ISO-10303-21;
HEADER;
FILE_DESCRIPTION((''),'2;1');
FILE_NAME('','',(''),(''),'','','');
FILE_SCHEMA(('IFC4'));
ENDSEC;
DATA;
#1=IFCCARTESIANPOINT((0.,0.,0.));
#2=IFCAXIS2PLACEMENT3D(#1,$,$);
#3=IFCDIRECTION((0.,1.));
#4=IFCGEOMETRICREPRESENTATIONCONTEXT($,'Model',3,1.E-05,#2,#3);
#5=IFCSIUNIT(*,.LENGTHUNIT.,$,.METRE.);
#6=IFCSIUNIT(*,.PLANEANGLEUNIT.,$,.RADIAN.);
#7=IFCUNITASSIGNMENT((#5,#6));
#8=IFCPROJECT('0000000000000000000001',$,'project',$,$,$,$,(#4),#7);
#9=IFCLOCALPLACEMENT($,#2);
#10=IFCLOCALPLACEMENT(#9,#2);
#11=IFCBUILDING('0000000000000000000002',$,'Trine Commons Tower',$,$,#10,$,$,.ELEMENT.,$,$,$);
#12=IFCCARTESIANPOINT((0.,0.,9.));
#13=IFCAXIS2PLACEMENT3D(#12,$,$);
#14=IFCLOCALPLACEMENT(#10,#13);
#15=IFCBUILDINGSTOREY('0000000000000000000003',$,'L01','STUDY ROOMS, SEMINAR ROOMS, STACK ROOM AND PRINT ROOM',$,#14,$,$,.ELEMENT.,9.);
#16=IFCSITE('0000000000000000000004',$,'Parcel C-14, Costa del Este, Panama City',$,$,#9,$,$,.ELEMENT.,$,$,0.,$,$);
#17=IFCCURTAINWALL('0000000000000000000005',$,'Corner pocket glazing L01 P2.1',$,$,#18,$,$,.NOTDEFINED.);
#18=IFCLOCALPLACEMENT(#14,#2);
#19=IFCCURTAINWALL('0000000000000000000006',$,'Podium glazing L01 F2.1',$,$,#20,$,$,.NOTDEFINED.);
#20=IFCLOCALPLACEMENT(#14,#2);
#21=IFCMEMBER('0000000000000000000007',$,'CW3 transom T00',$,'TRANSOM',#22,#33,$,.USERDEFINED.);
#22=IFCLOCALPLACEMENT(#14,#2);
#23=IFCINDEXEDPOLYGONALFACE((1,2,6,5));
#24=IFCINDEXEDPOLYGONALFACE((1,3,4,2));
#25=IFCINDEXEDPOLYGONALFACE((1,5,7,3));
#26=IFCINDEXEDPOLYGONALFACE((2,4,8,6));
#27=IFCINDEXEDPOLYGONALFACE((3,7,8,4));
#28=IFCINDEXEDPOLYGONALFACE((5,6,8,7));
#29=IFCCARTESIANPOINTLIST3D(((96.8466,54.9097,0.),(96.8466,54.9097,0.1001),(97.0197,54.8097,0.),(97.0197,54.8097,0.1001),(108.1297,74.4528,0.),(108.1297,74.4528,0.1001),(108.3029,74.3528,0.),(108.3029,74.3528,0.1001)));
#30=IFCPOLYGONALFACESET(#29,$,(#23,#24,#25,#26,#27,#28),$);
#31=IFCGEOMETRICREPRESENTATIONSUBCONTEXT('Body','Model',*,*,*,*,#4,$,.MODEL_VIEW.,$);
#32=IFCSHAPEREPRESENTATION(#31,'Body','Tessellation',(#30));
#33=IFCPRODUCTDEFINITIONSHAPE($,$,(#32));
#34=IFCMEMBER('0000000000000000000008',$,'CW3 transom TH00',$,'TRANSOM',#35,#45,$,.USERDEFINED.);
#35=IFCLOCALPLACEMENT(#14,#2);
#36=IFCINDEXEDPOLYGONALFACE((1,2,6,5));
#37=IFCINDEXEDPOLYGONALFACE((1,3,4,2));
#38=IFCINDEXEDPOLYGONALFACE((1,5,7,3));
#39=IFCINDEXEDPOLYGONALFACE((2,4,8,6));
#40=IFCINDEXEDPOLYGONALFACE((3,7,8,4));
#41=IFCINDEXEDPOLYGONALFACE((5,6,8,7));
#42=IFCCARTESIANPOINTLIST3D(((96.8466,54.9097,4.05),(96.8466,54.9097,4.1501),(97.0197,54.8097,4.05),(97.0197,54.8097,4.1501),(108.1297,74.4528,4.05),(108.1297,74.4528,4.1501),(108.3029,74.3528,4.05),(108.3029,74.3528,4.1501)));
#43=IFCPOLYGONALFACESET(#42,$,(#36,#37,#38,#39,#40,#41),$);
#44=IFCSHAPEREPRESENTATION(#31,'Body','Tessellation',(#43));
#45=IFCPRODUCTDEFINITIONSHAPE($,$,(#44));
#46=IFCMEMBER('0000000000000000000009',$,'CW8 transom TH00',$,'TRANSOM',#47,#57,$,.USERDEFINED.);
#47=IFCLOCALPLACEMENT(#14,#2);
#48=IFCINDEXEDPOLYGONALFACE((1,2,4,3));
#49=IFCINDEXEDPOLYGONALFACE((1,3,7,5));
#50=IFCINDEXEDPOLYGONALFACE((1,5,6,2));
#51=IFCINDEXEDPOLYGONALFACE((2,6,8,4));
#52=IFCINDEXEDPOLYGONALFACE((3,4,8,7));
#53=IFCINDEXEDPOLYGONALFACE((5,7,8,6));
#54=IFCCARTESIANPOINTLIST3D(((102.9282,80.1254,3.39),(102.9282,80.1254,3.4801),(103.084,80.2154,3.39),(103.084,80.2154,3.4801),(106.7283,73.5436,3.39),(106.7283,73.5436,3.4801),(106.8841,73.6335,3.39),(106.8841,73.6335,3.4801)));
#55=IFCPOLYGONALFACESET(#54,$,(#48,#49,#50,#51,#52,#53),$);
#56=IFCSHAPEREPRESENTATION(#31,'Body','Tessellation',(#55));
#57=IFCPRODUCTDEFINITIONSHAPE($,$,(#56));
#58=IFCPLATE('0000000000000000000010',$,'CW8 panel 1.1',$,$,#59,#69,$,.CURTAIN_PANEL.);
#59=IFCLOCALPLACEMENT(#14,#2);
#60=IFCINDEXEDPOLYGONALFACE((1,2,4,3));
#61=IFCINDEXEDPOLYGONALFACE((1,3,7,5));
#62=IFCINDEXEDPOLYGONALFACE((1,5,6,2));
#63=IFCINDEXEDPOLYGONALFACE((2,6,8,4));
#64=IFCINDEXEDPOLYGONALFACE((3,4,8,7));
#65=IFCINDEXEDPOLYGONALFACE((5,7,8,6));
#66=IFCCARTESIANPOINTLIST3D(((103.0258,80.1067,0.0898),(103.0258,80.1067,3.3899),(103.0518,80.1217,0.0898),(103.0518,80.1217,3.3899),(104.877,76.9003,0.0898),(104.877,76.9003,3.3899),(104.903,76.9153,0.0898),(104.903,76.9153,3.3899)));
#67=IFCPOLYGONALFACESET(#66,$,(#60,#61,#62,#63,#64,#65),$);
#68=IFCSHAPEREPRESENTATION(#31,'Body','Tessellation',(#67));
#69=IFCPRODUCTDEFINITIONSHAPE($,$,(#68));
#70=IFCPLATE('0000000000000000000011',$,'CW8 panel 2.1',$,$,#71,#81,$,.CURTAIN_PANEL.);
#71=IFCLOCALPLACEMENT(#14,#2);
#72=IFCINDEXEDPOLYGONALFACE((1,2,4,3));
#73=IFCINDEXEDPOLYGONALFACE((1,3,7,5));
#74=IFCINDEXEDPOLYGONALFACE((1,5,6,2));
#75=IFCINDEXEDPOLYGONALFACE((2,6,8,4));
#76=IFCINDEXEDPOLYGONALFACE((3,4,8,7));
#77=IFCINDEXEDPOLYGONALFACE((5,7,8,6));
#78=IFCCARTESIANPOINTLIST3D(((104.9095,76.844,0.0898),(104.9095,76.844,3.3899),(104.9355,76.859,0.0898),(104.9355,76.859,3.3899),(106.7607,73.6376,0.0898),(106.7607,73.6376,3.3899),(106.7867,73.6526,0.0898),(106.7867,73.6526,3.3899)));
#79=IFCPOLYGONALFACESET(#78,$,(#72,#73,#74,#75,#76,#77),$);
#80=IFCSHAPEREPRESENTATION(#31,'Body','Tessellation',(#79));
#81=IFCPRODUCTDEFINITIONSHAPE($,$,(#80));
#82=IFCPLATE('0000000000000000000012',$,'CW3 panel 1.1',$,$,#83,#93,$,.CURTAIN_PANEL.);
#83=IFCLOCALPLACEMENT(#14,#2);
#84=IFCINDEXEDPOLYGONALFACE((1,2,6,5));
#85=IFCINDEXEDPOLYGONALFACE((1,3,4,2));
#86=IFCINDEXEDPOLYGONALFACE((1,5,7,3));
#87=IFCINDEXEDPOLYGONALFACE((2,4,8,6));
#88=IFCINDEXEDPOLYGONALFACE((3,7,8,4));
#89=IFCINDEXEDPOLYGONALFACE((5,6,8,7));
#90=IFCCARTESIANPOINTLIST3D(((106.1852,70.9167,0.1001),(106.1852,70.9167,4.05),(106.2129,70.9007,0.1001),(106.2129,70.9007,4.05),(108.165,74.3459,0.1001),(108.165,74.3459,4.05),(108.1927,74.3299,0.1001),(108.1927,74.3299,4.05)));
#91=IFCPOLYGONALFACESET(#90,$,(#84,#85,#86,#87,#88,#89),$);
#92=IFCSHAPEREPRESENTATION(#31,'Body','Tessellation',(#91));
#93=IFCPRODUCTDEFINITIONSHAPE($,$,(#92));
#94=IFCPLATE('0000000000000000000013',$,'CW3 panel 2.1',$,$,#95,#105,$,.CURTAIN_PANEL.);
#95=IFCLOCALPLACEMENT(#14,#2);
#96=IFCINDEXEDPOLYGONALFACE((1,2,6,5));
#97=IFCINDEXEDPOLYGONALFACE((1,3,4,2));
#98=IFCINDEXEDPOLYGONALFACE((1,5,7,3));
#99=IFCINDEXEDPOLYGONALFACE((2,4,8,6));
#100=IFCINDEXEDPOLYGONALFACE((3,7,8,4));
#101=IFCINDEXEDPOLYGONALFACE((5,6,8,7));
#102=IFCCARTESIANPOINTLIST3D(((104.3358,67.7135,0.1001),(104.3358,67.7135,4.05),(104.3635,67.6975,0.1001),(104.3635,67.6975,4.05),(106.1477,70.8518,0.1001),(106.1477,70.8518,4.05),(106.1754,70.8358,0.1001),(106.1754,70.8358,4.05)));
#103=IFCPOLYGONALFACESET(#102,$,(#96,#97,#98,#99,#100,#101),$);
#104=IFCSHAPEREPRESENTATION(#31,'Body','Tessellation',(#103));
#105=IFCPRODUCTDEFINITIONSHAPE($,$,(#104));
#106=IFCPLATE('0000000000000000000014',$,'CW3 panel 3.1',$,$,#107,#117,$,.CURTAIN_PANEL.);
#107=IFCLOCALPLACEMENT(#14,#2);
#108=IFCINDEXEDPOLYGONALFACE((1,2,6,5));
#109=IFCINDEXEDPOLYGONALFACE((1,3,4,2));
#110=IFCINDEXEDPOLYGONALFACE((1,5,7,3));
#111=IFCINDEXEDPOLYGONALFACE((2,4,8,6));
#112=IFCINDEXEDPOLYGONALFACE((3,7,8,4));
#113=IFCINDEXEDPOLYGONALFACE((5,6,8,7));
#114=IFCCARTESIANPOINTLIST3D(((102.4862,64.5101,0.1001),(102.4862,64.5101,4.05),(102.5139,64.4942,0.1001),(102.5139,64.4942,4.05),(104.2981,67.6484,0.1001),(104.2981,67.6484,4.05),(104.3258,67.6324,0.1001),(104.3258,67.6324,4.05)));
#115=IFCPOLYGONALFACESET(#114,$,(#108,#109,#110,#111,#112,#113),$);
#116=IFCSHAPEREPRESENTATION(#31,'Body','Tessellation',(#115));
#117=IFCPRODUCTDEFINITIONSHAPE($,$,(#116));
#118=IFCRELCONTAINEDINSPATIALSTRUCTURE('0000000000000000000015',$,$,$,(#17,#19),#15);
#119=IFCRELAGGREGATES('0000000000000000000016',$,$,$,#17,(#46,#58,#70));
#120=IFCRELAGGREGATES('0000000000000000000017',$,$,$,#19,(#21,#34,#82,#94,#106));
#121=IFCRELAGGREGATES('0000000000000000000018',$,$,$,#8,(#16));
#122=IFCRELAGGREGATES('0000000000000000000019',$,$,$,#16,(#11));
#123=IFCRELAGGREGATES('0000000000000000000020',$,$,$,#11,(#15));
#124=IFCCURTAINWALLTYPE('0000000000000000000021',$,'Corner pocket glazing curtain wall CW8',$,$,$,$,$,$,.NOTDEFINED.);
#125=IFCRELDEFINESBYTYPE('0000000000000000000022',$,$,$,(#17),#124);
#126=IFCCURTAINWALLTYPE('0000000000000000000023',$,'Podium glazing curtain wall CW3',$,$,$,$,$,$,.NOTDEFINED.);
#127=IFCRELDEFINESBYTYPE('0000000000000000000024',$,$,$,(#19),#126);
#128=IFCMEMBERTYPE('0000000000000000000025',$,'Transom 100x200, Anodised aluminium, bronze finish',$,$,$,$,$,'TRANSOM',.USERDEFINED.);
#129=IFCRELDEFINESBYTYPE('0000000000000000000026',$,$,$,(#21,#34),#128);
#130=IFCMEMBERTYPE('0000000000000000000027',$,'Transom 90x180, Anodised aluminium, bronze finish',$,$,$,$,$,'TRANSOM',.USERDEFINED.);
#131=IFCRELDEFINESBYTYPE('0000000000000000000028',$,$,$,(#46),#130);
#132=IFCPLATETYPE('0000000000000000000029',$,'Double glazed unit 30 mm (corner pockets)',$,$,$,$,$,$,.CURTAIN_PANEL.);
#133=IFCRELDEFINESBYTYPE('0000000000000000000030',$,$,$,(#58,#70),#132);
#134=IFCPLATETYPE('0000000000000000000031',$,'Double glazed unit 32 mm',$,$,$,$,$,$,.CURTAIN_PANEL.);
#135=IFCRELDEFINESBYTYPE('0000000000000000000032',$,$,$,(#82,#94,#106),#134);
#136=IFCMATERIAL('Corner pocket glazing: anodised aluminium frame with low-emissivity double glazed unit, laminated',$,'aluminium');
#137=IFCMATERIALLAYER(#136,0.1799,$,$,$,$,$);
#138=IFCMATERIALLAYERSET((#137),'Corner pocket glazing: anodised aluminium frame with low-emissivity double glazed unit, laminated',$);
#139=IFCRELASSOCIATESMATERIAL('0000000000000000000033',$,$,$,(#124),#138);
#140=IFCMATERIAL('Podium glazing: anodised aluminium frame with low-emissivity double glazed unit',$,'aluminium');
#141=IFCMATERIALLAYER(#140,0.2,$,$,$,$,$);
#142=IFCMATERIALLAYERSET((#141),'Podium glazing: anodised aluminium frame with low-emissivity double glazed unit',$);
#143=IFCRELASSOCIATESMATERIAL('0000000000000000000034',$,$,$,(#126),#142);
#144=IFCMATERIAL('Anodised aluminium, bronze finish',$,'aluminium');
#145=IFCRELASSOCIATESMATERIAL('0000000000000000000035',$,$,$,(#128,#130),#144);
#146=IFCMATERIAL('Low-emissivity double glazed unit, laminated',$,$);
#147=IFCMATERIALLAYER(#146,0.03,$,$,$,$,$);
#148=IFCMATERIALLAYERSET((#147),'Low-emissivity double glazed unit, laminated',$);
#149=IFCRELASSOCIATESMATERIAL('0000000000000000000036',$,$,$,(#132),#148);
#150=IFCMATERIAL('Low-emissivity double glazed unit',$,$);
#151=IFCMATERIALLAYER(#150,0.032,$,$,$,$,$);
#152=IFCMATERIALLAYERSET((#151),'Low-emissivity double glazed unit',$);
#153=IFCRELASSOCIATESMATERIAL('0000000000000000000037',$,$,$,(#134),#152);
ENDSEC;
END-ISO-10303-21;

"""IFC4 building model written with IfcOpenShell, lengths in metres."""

from ifc_helpers import new_model, si_unit, direction, frame, origin, origin_2d, place, context, subcontext, project, spatial, rectangle, extrude, material, layer, layer_set, material_profile, profile_set, type_object, element, aggregate, save


model = new_model("IFC4")

# Units and contexts
model_context = context("Model", 3, precision=1e-05, world=origin(), true_north=direction((0.0, 1.0)))
body_context = subcontext(model_context, "Body", "Model", "MODEL_VIEW")
ifc_project = project(units=[si_unit("LENGTHUNIT", "METRE"), si_unit("PLANEANGLEUNIT", "RADIAN")], contexts=[model_context])

# Site, building, storey
site_placement = place(None, origin())
site = spatial("IfcSite", under=ifc_project, at=site_placement, Name="Parcel C-14, Costa del Este, Panama City", CompositionType="ELEMENT", RefElevation=0.0)
building_placement = place(site_placement, origin())
building = spatial("IfcBuilding", under=site, at=building_placement, Name="Trine Commons Tower", CompositionType="ELEMENT")
storey_placement = place(building_placement, frame((0.0, 0.0, 9.0)))
storey = spatial("IfcBuildingStorey", under=building, at=storey_placement, Name="L01", Description="STUDY ROOMS, SEMINAR ROOMS, STACK ROOM AND PRINT ROOM", CompositionType="ELEMENT", Elevation=9.0)

# Curtain wall
ifc_material_1 = material(Name="Corner pocket glazing: anodised aluminium frame with low-emissivity double glazed unit, laminated", Category="aluminium")
ifc_layer_1 = layer(ifc_material_1, 0.1799)
ifc_layer_set_1 = layer_set([ifc_layer_1], Name="Corner pocket glazing: anodised aluminium frame with low-emissivity double glazed unit, laminated")
curtain_wall_type_1 = type_object("IfcCurtainWallType", Name="Corner pocket glazing curtain wall CW8", PredefinedType="NOTDEFINED", material=ifc_layer_set_1)
curtain_wall_1_placement = place(storey_placement, origin())
curtain_wall_1 = element("IfcCurtainWall", 1, at=curtain_wall_1_placement, inside=storey, type_object=curtain_wall_type_1, Name="Corner pocket glazing L01 P2.1", PredefinedType="NOTDEFINED")
ifc_material_2 = material(Name="Anodised aluminium, bronze finish", Category="aluminium")

# Shared definitions
ifc_material_3 = material(Name="Podium glazing: anodised aluminium frame with low-emissivity double glazed unit", Category="aluminium")
ifc_layer_2 = layer(ifc_material_3, 0.2)
ifc_layer_set_2 = layer_set([ifc_layer_2], Name="Podium glazing: anodised aluminium frame with low-emissivity double glazed unit")
curtain_wall_type_2 = type_object("IfcCurtainWallType", Name="Podium glazing curtain wall CW3", PredefinedType="NOTDEFINED", material=ifc_layer_set_2)

# Curtain wall
curtain_wall_2_placement = place(storey_placement, origin())
curtain_wall_2 = element("IfcCurtainWall", 2, at=curtain_wall_2_placement, inside=storey, type_object=curtain_wall_type_2, Name="Podium glazing L01 F2.1", PredefinedType="NOTDEFINED")

# Members
ifc_material_profile_1 = material_profile(ifc_material_2, rectangle(XDim=0.2, YDim=0.1001, at=origin_2d()), Name="Transom 100x200")
ifc_profile_set_1 = profile_set([ifc_material_profile_1], Name="Anodised aluminium, bronze finish")
member_type_1 = type_object("IfcMemberType", Name="Transom 100x200, Anodised aluminium, bronze finish", ElementType="TRANSOM", PredefinedType="USERDEFINED", material=ifc_profile_set_1)
member_1_placement = place(storey_placement, frame((108.2163, 74.4028, 0.05), z_axis=(-0.499997, -0.866027, 0.0), x_axis=(0.866027, -0.499997, 0.0)))
member_1 = element("IfcMember", 3, at=member_1_placement, type_object=member_type_1, Name="CW3 transom T00", ObjectType="TRANSOM", PredefinedType="USERDEFINED", context=body_context, shape_type="SweptSolid", body=[
    extrude(rectangle(XDim=0.2, YDim=0.1001, at=origin_2d()), origin(), (0.0, 0.0, 1.0), 22.5664),
])
member_2_placement = place(storey_placement, frame((108.2163, 74.4028, 4.1001), z_axis=(-0.499997, -0.866027, 0.0), x_axis=(0.866027, -0.499997, 0.0)))
member_2 = element("IfcMember", 4, at=member_2_placement, type_object=member_type_1, Name="CW3 transom TH00", ObjectType="TRANSOM", PredefinedType="USERDEFINED", context=body_context, shape_type="SweptSolid", body=[
    extrude(rectangle(XDim=0.2, YDim=0.1001, at=origin_2d()), origin(), (0.0, 0.0, 1.0), 22.5664),
])
ifc_material_profile_2 = material_profile(ifc_material_2, rectangle(XDim=0.1799, YDim=0.0901, at=origin_2d()), Name="Transom 90x180")
ifc_profile_set_2 = profile_set([ifc_material_profile_2], Name="Anodised aluminium, bronze finish")
member_type_2 = type_object("IfcMemberType", Name="Transom 90x180, Anodised aluminium, bronze finish", ElementType="TRANSOM", PredefinedType="USERDEFINED", material=ifc_profile_set_2)
member_3_placement = place(storey_placement, frame((103.0061, 80.1704, 3.4351), z_axis=(0.500005, -0.866022, 0.0), x_axis=(0.866022, 0.500005, 0.0)))
member_3 = element("IfcMember", 5, at=member_3_placement, type_object=member_type_2, Name="CW8 transom TH00", ObjectType="TRANSOM", PredefinedType="USERDEFINED", context=body_context, shape_type="SweptSolid", body=[
    extrude(rectangle(XDim=0.1799, YDim=0.0901, at=origin_2d()), origin(), (0.0, 0.0, 1.0), 7.6001),
])

# Plates
ifc_material_4 = material(Name="Low-emissivity double glazed unit, laminated")
ifc_layer_3 = layer(ifc_material_4, 0.03)
ifc_layer_set_3 = layer_set([ifc_layer_3], Name="Low-emissivity double glazed unit, laminated")
plate_type_1 = type_object("IfcPlateType", Name="Double glazed unit 30 mm (corner pockets)", PredefinedType="CURTAIN_PANEL", material=ifc_layer_set_3)
plate_1_placement = place(storey_placement, frame((103.9644, 78.511, 0.0898), z_axis=(0.0, 0.0, 1.0), x_axis=(0.5, -0.866025, 0.0)))
plate_1 = element("IfcPlate", 6, at=plate_1_placement, type_object=plate_type_1, Name="CW8 panel 1.1", PredefinedType="CURTAIN_PANEL", context=body_context, shape_type="SweptSolid", body=[
    extrude(rectangle(XDim=3.7024, YDim=0.03, at=origin_2d()), origin(), (0.0, 0.0, 1.0), 3.3),
])
plate_2_placement = place(storey_placement, frame((105.8481, 75.2483, 0.0898), z_axis=(0.0, 0.0, 1.0), x_axis=(0.5, -0.866025, 0.0)))
plate_2 = element("IfcPlate", 7, at=plate_2_placement, type_object=plate_type_1, Name="CW8 panel 2.1", PredefinedType="CURTAIN_PANEL", context=body_context, shape_type="SweptSolid", body=[
    extrude(rectangle(XDim=3.7024, YDim=0.03, at=origin_2d()), origin(), (0.0, 0.0, 1.0), 3.3),
])
aggregate(curtain_wall_1, [member_3, plate_1, plate_2])
ifc_material_5 = material(Name="Low-emissivity double glazed unit")
ifc_layer_4 = layer(ifc_material_5, 0.032)
ifc_layer_set_4 = layer_set([ifc_layer_4], Name="Low-emissivity double glazed unit")
plate_type_2 = type_object("IfcPlateType", Name="Double glazed unit 32 mm", PredefinedType="CURTAIN_PANEL", material=ifc_layer_set_4)
plate_3_placement = place(storey_placement, frame((107.189, 72.6233, 0.1001), z_axis=(0.0, 0.0, 1.0), x_axis=(-0.5, -0.866025, 0.0)))
plate_3 = element("IfcPlate", 8, at=plate_3_placement, type_object=plate_type_2, Name="CW3 panel 1.1", PredefinedType="CURTAIN_PANEL", context=body_context, shape_type="SweptSolid", body=[
    extrude(rectangle(XDim=3.9597, YDim=0.032, at=origin_2d()), origin(), (0.0, 0.0, 1.0), 3.95),
])
plate_4_placement = place(storey_placement, frame((105.2556, 69.2747, 0.1001), z_axis=(0.0, 0.0, 1.0), x_axis=(-0.5, -0.866025, 0.0)))
plate_4 = element("IfcPlate", 9, at=plate_4_placement, type_object=plate_type_2, Name="CW3 panel 2.1", PredefinedType="CURTAIN_PANEL", context=body_context, shape_type="SweptSolid", body=[
    extrude(rectangle(XDim=3.6238, YDim=0.032, at=origin_2d()), origin(), (0.0, 0.0, 1.0), 3.95),
])
plate_5_placement = place(storey_placement, frame((103.406, 66.0713, 0.1001), z_axis=(0.0, 0.0, 1.0), x_axis=(-0.5, -0.866025, 0.0)))
plate_5 = element("IfcPlate", 10, at=plate_5_placement, type_object=plate_type_2, Name="CW3 panel 3.1", PredefinedType="CURTAIN_PANEL", context=body_context, shape_type="SweptSolid", body=[
    extrude(rectangle(XDim=3.6238, YDim=0.032, at=origin_2d()), origin(), (0.0, 0.0, 1.0), 3.95),
])
aggregate(curtain_wall_2, [member_1, member_2, plate_3, plate_4, plate_5])

save(model, "model.ifc")
